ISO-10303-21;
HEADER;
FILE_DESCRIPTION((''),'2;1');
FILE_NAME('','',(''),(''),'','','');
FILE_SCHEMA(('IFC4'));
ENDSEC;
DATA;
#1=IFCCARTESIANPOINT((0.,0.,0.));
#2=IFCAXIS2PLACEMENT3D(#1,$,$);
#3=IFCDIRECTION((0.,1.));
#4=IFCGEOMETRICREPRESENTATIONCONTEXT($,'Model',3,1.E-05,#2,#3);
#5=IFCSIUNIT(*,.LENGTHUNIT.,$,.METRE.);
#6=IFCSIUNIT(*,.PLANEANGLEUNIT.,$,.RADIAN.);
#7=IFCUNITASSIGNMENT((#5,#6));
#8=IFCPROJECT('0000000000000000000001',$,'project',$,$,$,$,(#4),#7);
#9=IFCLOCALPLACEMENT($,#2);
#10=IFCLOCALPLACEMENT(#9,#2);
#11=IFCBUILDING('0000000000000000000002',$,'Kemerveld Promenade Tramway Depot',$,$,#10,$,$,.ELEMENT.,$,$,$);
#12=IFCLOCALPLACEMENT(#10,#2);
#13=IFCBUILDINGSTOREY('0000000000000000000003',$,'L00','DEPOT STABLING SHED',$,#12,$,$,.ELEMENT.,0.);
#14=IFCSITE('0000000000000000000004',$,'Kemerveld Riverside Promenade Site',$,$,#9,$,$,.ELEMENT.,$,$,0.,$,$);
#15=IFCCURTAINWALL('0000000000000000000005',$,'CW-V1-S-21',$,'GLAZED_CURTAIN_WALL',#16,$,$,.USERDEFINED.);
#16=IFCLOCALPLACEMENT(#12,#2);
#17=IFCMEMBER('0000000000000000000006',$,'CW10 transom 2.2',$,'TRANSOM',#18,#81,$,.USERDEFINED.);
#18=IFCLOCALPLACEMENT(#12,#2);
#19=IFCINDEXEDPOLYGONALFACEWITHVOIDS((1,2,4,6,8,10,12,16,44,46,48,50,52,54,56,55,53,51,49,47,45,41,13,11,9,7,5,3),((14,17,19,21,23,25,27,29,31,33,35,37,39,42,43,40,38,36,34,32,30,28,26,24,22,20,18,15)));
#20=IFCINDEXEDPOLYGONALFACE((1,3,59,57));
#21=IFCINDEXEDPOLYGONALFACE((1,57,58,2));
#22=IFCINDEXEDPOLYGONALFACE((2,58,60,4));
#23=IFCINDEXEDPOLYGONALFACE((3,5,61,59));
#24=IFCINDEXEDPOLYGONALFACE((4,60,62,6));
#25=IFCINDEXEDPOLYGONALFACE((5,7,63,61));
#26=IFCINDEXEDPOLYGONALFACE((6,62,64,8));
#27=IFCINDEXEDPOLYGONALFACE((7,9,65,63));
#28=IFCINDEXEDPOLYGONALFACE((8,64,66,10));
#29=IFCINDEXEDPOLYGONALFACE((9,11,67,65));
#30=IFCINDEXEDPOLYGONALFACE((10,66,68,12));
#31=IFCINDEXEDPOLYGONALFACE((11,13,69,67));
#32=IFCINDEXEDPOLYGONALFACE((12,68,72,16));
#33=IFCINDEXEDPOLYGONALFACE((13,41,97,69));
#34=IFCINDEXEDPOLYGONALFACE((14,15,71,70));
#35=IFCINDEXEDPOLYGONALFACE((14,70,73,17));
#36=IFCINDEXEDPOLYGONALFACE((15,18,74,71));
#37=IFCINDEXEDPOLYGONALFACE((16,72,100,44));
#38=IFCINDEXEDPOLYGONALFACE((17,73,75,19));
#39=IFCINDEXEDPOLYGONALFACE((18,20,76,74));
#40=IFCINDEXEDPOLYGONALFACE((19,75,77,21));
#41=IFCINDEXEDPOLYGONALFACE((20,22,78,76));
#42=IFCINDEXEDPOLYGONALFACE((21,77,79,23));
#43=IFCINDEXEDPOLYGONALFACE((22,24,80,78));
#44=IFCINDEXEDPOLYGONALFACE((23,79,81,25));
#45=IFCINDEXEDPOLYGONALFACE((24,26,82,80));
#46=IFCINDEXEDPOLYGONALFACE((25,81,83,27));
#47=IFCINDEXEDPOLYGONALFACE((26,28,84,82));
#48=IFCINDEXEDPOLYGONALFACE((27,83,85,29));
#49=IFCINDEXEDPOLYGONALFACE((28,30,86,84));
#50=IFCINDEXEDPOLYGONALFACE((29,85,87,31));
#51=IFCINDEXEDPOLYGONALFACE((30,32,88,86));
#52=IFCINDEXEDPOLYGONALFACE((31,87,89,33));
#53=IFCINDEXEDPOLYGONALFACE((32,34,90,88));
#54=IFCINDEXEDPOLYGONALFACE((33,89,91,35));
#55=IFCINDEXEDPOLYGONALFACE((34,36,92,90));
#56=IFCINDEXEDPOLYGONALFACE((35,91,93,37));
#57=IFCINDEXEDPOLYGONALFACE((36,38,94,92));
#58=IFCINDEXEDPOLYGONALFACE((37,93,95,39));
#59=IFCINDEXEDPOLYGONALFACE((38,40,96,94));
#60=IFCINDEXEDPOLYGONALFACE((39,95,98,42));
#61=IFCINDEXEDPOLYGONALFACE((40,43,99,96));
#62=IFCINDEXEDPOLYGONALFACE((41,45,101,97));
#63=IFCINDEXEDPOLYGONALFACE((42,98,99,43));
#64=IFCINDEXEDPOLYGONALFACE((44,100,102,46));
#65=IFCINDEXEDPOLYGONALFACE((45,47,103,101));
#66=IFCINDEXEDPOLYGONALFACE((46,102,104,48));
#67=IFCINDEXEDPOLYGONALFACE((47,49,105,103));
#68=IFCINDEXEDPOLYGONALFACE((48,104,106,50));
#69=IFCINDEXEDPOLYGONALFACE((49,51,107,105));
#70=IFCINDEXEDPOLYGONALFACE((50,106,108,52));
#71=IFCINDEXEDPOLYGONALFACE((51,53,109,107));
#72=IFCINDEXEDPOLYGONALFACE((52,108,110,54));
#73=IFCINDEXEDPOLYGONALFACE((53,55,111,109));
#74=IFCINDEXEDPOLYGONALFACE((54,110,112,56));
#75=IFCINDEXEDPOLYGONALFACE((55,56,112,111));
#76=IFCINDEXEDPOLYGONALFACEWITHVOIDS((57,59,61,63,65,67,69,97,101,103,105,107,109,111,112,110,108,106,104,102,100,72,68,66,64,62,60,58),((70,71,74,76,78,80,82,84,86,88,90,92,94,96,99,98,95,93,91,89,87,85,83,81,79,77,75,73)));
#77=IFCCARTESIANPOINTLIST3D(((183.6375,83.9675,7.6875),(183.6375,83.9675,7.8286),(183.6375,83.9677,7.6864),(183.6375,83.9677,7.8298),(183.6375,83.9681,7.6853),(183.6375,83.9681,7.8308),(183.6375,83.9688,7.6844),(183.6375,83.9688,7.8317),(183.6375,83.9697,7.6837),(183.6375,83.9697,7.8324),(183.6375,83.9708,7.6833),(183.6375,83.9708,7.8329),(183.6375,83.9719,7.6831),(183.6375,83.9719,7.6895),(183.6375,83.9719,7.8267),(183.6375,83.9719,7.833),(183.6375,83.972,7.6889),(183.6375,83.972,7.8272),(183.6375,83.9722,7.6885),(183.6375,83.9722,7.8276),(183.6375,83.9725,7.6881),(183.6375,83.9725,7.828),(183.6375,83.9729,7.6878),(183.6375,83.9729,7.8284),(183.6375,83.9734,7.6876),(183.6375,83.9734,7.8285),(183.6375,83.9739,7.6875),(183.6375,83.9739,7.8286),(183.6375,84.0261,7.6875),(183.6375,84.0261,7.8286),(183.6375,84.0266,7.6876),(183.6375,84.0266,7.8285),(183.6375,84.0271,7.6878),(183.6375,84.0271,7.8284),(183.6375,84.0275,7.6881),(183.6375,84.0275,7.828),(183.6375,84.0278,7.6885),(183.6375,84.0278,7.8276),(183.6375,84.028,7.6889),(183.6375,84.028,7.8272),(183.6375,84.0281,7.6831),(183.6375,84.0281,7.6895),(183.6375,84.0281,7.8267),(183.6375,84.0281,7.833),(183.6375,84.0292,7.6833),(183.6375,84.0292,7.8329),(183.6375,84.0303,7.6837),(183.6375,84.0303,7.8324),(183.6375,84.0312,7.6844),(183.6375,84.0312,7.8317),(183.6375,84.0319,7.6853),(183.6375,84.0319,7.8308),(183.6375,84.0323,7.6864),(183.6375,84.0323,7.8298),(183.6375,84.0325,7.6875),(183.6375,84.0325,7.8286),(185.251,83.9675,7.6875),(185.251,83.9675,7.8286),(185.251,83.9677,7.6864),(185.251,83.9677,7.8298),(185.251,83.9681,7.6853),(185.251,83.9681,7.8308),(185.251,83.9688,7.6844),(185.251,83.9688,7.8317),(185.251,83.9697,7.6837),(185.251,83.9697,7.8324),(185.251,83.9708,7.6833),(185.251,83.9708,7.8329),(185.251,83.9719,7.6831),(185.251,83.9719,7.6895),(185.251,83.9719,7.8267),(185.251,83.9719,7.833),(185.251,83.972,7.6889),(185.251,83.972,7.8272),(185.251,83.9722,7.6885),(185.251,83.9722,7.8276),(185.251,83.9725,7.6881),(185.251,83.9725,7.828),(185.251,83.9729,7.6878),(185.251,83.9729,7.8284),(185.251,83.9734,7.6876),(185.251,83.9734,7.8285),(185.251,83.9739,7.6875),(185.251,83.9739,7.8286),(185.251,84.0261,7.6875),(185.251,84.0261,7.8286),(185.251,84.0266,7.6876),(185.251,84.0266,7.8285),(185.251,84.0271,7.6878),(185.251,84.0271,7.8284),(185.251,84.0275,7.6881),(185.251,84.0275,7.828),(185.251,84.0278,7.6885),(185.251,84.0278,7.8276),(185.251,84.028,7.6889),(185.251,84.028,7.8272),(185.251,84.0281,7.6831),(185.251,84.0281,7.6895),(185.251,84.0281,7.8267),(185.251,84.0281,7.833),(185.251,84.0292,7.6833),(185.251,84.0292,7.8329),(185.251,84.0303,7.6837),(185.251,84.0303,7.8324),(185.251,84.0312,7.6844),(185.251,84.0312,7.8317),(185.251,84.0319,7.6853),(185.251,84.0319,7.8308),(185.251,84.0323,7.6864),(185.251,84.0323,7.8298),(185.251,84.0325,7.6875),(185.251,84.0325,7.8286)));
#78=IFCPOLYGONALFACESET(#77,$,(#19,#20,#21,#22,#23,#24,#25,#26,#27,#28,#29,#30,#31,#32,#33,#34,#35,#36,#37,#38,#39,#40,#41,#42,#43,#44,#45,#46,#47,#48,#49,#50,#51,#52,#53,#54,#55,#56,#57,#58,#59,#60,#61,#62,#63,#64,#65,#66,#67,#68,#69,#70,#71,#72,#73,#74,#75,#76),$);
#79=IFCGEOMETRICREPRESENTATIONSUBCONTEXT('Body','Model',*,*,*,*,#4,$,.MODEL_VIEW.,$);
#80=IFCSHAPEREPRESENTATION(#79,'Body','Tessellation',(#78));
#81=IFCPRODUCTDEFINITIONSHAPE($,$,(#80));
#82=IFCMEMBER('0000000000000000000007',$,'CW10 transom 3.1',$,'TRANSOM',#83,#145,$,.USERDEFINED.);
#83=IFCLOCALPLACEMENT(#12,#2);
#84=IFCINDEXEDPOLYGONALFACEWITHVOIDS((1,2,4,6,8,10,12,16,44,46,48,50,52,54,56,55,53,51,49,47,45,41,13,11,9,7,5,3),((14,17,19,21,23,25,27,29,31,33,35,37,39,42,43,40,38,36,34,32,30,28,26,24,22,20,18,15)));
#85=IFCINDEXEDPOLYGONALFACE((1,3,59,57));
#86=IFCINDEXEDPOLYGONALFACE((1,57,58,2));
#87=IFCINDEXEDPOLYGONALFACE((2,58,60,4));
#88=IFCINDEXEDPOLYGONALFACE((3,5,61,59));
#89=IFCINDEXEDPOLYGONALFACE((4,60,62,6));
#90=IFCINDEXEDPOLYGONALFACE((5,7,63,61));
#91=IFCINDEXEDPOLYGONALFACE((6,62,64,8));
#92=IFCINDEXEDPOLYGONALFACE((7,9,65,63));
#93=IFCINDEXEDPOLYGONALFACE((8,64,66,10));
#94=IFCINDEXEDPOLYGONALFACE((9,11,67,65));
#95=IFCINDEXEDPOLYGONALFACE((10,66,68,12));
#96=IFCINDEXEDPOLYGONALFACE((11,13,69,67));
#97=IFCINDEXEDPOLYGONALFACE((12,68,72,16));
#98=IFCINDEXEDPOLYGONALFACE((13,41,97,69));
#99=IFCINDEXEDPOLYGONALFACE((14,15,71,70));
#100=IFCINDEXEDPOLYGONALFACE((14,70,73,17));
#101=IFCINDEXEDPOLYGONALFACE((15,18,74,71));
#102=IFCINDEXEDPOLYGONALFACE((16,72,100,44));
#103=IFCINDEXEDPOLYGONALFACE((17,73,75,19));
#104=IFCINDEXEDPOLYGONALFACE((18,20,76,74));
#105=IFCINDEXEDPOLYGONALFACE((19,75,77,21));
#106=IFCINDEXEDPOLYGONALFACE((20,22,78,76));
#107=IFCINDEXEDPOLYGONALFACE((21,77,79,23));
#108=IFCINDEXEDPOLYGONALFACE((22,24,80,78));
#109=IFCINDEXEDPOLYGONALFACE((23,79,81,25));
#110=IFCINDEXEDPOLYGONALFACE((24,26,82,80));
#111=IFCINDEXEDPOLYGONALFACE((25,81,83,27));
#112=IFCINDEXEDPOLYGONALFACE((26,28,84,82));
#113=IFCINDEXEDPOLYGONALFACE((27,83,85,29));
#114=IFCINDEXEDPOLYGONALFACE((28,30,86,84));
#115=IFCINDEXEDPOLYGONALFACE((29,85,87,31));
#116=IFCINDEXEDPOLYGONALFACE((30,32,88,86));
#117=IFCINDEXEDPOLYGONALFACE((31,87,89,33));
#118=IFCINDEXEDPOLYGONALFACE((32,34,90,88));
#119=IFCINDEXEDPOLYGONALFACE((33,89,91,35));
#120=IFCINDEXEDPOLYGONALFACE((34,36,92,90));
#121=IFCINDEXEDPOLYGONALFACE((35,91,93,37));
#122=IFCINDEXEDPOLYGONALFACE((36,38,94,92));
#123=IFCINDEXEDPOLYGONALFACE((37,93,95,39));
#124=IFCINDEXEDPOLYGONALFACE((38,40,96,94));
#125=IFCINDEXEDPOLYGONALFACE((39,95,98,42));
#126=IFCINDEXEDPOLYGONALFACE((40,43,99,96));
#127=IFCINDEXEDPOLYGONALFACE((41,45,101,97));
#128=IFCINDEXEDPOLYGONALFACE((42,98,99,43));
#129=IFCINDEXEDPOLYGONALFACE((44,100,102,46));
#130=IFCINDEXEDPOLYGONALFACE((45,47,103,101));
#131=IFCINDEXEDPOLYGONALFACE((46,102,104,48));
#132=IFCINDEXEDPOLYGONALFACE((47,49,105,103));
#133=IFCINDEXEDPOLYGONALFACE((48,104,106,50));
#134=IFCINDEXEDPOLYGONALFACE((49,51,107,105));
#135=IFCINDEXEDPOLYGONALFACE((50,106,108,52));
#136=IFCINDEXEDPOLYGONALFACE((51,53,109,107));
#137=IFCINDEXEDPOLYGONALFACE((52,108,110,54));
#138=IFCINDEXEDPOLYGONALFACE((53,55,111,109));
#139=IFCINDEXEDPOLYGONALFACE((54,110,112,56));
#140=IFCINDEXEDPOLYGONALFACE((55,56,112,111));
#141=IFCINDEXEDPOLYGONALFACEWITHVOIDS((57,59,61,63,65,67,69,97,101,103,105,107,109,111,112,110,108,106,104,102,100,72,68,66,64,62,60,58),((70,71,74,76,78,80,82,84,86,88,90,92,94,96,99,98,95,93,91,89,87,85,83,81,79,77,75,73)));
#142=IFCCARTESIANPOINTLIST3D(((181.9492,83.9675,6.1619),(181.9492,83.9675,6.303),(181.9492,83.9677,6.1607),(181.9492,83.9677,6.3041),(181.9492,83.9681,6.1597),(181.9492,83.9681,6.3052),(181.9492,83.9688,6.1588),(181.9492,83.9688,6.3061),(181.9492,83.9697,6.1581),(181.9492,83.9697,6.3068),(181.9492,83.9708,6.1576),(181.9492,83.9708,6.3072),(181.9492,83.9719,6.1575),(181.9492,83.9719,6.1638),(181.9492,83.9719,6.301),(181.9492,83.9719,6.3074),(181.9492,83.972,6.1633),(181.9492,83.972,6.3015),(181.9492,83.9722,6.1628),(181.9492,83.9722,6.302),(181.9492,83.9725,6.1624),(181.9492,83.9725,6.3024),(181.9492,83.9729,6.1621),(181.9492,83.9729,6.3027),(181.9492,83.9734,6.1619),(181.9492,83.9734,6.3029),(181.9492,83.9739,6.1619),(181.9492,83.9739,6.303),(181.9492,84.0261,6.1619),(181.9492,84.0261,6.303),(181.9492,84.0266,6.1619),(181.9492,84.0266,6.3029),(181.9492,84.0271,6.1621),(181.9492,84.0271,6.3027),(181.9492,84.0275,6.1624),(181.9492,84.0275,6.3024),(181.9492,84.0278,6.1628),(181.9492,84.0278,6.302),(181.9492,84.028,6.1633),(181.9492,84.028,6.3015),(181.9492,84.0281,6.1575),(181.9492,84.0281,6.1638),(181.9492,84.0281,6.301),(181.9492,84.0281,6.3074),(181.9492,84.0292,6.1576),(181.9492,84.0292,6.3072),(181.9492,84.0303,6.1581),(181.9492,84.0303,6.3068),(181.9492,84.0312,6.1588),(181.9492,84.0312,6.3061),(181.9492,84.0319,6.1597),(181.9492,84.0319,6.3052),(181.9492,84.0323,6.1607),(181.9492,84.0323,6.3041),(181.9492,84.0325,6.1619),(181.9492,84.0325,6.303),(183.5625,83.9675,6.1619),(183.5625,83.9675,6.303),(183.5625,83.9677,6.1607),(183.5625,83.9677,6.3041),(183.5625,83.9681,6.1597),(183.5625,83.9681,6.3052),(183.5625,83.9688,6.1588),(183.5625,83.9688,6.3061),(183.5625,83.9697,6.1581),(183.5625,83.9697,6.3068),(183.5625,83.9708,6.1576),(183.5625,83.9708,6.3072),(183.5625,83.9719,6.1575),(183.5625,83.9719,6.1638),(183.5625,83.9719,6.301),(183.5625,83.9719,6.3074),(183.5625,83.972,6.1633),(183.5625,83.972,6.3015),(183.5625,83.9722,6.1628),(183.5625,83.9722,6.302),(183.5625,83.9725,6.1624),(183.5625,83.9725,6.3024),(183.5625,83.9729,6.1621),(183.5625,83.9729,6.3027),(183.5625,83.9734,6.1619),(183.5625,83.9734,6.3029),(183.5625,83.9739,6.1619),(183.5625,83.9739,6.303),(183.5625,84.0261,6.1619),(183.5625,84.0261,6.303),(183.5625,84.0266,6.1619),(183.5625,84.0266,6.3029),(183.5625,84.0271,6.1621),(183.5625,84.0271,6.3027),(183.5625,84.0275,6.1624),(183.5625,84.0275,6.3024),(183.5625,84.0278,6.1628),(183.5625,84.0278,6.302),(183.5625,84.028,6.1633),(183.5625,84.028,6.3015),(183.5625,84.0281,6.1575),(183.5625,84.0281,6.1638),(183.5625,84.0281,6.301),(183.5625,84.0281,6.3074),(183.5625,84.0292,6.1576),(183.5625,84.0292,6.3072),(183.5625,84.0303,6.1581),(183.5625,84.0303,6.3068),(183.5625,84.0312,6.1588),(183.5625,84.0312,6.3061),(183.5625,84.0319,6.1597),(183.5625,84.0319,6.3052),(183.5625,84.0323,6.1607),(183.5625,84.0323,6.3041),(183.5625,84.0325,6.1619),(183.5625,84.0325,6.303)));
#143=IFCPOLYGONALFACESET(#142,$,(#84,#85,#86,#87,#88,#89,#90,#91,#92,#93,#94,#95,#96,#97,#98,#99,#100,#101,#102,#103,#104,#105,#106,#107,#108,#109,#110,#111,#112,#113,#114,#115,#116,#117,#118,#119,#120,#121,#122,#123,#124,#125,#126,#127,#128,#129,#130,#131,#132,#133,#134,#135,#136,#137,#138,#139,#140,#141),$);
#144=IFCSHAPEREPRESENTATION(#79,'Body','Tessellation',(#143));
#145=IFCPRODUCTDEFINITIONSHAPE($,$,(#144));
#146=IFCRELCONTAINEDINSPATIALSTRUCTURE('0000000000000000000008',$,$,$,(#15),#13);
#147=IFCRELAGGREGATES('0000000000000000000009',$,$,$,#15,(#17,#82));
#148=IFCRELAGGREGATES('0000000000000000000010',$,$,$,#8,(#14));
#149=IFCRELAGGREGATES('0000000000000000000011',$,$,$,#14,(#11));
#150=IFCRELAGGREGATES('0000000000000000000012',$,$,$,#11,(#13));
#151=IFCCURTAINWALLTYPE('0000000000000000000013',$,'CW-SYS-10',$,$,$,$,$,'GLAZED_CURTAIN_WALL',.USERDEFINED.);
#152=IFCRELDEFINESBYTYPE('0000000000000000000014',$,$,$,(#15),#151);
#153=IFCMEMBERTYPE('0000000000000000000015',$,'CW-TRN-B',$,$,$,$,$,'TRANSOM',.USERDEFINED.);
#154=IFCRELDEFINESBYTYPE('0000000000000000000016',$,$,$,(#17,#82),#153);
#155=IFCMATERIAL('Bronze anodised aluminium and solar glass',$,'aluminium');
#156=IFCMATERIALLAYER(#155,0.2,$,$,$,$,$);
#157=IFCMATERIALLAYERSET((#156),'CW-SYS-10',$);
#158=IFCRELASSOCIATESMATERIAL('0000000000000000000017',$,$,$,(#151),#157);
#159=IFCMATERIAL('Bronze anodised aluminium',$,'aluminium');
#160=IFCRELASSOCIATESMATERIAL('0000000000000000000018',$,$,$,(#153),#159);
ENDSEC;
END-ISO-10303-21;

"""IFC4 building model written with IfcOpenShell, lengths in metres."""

from ifc_helpers import new_model, si_unit, direction, frame, origin, origin_2d, place, context, subcontext, project, spatial, hollow_rectangle, extrude, material, layer, layer_set, material_profile, profile_set, type_object, element, aggregate, save


model = new_model("IFC4")

# Units and contexts
model_context = context("Model", 3, precision=1e-05, world=origin(), true_north=direction((0.0, 1.0)))
body_context = subcontext(model_context, "Body", "Model", "MODEL_VIEW")
ifc_project = project(units=[si_unit("LENGTHUNIT", "METRE"), si_unit("PLANEANGLEUNIT", "RADIAN")], contexts=[model_context])

# Site, building, storey
site_placement = place(None, origin())
site = spatial("IfcSite", under=ifc_project, at=site_placement, Name="Kemerveld Riverside Promenade Site", CompositionType="ELEMENT", RefElevation=0.0)
building_placement = place(site_placement, origin())
building = spatial("IfcBuilding", under=site, at=building_placement, Name="Kemerveld Promenade Tramway Depot", CompositionType="ELEMENT")
storey_placement = place(building_placement, origin())
storey = spatial("IfcBuildingStorey", under=building, at=storey_placement, Name="L00", Description="DEPOT STABLING SHED", CompositionType="ELEMENT", Elevation=0.0)

# Shared definitions
ifc_material_1 = material(Name="Bronze anodised aluminium and solar glass", Category="aluminium")
ifc_material_2 = material(Name="Bronze anodised aluminium", Category="aluminium")

# Curtain wall, members
ifc_layer_1 = layer(ifc_material_1, 0.2)
ifc_layer_set_1 = layer_set([ifc_layer_1], Name="CW-SYS-10")
curtain_wall_type_1 = type_object("IfcCurtainWallType", Name="CW-SYS-10", ElementType="GLAZED_CURTAIN_WALL", PredefinedType="USERDEFINED", material=ifc_layer_set_1)
curtain_wall_1_placement = place(storey_placement, origin())
curtain_wall_1 = element("IfcCurtainWall", 1, at=curtain_wall_1_placement, inside=storey, type_object=curtain_wall_type_1, Name="CW-V1-S-21", ObjectType="GLAZED_CURTAIN_WALL", PredefinedType="USERDEFINED")
ifc_material_profile_1 = material_profile(ifc_material_2, hollow_rectangle(XDim=0.0649, YDim=0.1499, WallThickness=0.0044, InnerFilletRadius=0.002, OuterFilletRadius=0.0044, at=origin_2d()), Name="CW-TRN-150x65")
ifc_profile_set_1 = profile_set([ifc_material_profile_1], Name="Bronze anodised aluminium")
member_type_1 = type_object("IfcMemberType", Name="CW-TRN-B", ElementType="TRANSOM", PredefinedType="USERDEFINED", material=ifc_profile_set_1)
member_1_placement = place(storey_placement, frame((185.251, 84.0, 7.7581), z_axis=(-1.0, 0.0, 0.0), x_axis=(0.0, -1.0, 0.0)))
member_1 = element("IfcMember", 2, at=member_1_placement, type_object=member_type_1, Name="CW10 transom 2.2", ObjectType="TRANSOM", PredefinedType="USERDEFINED", context=body_context, shape_type="SweptSolid", body=[
    extrude(hollow_rectangle(XDim=0.0649, YDim=0.1499, WallThickness=0.0044, InnerFilletRadius=0.002, OuterFilletRadius=0.0044, at=origin_2d()), origin(), (0.0, 0.0, 1.0), 1.6135),
])
member_2_placement = place(storey_placement, frame((183.5625, 84.0, 6.2324), z_axis=(-1.0, 0.0, 0.0), x_axis=(0.0, -1.0, 0.0)))
member_2 = element("IfcMember", 3, at=member_2_placement, type_object=member_type_1, Name="CW10 transom 3.1", ObjectType="TRANSOM", PredefinedType="USERDEFINED", context=body_context, shape_type="SweptSolid", body=[
    extrude(hollow_rectangle(XDim=0.0649, YDim=0.1499, WallThickness=0.0044, InnerFilletRadius=0.002, OuterFilletRadius=0.0044, at=origin_2d()), origin(), (0.0, 0.0, 1.0), 1.6133),
])

aggregate(curtain_wall_1, [member_1, member_2])

save(model, "model.ifc")
